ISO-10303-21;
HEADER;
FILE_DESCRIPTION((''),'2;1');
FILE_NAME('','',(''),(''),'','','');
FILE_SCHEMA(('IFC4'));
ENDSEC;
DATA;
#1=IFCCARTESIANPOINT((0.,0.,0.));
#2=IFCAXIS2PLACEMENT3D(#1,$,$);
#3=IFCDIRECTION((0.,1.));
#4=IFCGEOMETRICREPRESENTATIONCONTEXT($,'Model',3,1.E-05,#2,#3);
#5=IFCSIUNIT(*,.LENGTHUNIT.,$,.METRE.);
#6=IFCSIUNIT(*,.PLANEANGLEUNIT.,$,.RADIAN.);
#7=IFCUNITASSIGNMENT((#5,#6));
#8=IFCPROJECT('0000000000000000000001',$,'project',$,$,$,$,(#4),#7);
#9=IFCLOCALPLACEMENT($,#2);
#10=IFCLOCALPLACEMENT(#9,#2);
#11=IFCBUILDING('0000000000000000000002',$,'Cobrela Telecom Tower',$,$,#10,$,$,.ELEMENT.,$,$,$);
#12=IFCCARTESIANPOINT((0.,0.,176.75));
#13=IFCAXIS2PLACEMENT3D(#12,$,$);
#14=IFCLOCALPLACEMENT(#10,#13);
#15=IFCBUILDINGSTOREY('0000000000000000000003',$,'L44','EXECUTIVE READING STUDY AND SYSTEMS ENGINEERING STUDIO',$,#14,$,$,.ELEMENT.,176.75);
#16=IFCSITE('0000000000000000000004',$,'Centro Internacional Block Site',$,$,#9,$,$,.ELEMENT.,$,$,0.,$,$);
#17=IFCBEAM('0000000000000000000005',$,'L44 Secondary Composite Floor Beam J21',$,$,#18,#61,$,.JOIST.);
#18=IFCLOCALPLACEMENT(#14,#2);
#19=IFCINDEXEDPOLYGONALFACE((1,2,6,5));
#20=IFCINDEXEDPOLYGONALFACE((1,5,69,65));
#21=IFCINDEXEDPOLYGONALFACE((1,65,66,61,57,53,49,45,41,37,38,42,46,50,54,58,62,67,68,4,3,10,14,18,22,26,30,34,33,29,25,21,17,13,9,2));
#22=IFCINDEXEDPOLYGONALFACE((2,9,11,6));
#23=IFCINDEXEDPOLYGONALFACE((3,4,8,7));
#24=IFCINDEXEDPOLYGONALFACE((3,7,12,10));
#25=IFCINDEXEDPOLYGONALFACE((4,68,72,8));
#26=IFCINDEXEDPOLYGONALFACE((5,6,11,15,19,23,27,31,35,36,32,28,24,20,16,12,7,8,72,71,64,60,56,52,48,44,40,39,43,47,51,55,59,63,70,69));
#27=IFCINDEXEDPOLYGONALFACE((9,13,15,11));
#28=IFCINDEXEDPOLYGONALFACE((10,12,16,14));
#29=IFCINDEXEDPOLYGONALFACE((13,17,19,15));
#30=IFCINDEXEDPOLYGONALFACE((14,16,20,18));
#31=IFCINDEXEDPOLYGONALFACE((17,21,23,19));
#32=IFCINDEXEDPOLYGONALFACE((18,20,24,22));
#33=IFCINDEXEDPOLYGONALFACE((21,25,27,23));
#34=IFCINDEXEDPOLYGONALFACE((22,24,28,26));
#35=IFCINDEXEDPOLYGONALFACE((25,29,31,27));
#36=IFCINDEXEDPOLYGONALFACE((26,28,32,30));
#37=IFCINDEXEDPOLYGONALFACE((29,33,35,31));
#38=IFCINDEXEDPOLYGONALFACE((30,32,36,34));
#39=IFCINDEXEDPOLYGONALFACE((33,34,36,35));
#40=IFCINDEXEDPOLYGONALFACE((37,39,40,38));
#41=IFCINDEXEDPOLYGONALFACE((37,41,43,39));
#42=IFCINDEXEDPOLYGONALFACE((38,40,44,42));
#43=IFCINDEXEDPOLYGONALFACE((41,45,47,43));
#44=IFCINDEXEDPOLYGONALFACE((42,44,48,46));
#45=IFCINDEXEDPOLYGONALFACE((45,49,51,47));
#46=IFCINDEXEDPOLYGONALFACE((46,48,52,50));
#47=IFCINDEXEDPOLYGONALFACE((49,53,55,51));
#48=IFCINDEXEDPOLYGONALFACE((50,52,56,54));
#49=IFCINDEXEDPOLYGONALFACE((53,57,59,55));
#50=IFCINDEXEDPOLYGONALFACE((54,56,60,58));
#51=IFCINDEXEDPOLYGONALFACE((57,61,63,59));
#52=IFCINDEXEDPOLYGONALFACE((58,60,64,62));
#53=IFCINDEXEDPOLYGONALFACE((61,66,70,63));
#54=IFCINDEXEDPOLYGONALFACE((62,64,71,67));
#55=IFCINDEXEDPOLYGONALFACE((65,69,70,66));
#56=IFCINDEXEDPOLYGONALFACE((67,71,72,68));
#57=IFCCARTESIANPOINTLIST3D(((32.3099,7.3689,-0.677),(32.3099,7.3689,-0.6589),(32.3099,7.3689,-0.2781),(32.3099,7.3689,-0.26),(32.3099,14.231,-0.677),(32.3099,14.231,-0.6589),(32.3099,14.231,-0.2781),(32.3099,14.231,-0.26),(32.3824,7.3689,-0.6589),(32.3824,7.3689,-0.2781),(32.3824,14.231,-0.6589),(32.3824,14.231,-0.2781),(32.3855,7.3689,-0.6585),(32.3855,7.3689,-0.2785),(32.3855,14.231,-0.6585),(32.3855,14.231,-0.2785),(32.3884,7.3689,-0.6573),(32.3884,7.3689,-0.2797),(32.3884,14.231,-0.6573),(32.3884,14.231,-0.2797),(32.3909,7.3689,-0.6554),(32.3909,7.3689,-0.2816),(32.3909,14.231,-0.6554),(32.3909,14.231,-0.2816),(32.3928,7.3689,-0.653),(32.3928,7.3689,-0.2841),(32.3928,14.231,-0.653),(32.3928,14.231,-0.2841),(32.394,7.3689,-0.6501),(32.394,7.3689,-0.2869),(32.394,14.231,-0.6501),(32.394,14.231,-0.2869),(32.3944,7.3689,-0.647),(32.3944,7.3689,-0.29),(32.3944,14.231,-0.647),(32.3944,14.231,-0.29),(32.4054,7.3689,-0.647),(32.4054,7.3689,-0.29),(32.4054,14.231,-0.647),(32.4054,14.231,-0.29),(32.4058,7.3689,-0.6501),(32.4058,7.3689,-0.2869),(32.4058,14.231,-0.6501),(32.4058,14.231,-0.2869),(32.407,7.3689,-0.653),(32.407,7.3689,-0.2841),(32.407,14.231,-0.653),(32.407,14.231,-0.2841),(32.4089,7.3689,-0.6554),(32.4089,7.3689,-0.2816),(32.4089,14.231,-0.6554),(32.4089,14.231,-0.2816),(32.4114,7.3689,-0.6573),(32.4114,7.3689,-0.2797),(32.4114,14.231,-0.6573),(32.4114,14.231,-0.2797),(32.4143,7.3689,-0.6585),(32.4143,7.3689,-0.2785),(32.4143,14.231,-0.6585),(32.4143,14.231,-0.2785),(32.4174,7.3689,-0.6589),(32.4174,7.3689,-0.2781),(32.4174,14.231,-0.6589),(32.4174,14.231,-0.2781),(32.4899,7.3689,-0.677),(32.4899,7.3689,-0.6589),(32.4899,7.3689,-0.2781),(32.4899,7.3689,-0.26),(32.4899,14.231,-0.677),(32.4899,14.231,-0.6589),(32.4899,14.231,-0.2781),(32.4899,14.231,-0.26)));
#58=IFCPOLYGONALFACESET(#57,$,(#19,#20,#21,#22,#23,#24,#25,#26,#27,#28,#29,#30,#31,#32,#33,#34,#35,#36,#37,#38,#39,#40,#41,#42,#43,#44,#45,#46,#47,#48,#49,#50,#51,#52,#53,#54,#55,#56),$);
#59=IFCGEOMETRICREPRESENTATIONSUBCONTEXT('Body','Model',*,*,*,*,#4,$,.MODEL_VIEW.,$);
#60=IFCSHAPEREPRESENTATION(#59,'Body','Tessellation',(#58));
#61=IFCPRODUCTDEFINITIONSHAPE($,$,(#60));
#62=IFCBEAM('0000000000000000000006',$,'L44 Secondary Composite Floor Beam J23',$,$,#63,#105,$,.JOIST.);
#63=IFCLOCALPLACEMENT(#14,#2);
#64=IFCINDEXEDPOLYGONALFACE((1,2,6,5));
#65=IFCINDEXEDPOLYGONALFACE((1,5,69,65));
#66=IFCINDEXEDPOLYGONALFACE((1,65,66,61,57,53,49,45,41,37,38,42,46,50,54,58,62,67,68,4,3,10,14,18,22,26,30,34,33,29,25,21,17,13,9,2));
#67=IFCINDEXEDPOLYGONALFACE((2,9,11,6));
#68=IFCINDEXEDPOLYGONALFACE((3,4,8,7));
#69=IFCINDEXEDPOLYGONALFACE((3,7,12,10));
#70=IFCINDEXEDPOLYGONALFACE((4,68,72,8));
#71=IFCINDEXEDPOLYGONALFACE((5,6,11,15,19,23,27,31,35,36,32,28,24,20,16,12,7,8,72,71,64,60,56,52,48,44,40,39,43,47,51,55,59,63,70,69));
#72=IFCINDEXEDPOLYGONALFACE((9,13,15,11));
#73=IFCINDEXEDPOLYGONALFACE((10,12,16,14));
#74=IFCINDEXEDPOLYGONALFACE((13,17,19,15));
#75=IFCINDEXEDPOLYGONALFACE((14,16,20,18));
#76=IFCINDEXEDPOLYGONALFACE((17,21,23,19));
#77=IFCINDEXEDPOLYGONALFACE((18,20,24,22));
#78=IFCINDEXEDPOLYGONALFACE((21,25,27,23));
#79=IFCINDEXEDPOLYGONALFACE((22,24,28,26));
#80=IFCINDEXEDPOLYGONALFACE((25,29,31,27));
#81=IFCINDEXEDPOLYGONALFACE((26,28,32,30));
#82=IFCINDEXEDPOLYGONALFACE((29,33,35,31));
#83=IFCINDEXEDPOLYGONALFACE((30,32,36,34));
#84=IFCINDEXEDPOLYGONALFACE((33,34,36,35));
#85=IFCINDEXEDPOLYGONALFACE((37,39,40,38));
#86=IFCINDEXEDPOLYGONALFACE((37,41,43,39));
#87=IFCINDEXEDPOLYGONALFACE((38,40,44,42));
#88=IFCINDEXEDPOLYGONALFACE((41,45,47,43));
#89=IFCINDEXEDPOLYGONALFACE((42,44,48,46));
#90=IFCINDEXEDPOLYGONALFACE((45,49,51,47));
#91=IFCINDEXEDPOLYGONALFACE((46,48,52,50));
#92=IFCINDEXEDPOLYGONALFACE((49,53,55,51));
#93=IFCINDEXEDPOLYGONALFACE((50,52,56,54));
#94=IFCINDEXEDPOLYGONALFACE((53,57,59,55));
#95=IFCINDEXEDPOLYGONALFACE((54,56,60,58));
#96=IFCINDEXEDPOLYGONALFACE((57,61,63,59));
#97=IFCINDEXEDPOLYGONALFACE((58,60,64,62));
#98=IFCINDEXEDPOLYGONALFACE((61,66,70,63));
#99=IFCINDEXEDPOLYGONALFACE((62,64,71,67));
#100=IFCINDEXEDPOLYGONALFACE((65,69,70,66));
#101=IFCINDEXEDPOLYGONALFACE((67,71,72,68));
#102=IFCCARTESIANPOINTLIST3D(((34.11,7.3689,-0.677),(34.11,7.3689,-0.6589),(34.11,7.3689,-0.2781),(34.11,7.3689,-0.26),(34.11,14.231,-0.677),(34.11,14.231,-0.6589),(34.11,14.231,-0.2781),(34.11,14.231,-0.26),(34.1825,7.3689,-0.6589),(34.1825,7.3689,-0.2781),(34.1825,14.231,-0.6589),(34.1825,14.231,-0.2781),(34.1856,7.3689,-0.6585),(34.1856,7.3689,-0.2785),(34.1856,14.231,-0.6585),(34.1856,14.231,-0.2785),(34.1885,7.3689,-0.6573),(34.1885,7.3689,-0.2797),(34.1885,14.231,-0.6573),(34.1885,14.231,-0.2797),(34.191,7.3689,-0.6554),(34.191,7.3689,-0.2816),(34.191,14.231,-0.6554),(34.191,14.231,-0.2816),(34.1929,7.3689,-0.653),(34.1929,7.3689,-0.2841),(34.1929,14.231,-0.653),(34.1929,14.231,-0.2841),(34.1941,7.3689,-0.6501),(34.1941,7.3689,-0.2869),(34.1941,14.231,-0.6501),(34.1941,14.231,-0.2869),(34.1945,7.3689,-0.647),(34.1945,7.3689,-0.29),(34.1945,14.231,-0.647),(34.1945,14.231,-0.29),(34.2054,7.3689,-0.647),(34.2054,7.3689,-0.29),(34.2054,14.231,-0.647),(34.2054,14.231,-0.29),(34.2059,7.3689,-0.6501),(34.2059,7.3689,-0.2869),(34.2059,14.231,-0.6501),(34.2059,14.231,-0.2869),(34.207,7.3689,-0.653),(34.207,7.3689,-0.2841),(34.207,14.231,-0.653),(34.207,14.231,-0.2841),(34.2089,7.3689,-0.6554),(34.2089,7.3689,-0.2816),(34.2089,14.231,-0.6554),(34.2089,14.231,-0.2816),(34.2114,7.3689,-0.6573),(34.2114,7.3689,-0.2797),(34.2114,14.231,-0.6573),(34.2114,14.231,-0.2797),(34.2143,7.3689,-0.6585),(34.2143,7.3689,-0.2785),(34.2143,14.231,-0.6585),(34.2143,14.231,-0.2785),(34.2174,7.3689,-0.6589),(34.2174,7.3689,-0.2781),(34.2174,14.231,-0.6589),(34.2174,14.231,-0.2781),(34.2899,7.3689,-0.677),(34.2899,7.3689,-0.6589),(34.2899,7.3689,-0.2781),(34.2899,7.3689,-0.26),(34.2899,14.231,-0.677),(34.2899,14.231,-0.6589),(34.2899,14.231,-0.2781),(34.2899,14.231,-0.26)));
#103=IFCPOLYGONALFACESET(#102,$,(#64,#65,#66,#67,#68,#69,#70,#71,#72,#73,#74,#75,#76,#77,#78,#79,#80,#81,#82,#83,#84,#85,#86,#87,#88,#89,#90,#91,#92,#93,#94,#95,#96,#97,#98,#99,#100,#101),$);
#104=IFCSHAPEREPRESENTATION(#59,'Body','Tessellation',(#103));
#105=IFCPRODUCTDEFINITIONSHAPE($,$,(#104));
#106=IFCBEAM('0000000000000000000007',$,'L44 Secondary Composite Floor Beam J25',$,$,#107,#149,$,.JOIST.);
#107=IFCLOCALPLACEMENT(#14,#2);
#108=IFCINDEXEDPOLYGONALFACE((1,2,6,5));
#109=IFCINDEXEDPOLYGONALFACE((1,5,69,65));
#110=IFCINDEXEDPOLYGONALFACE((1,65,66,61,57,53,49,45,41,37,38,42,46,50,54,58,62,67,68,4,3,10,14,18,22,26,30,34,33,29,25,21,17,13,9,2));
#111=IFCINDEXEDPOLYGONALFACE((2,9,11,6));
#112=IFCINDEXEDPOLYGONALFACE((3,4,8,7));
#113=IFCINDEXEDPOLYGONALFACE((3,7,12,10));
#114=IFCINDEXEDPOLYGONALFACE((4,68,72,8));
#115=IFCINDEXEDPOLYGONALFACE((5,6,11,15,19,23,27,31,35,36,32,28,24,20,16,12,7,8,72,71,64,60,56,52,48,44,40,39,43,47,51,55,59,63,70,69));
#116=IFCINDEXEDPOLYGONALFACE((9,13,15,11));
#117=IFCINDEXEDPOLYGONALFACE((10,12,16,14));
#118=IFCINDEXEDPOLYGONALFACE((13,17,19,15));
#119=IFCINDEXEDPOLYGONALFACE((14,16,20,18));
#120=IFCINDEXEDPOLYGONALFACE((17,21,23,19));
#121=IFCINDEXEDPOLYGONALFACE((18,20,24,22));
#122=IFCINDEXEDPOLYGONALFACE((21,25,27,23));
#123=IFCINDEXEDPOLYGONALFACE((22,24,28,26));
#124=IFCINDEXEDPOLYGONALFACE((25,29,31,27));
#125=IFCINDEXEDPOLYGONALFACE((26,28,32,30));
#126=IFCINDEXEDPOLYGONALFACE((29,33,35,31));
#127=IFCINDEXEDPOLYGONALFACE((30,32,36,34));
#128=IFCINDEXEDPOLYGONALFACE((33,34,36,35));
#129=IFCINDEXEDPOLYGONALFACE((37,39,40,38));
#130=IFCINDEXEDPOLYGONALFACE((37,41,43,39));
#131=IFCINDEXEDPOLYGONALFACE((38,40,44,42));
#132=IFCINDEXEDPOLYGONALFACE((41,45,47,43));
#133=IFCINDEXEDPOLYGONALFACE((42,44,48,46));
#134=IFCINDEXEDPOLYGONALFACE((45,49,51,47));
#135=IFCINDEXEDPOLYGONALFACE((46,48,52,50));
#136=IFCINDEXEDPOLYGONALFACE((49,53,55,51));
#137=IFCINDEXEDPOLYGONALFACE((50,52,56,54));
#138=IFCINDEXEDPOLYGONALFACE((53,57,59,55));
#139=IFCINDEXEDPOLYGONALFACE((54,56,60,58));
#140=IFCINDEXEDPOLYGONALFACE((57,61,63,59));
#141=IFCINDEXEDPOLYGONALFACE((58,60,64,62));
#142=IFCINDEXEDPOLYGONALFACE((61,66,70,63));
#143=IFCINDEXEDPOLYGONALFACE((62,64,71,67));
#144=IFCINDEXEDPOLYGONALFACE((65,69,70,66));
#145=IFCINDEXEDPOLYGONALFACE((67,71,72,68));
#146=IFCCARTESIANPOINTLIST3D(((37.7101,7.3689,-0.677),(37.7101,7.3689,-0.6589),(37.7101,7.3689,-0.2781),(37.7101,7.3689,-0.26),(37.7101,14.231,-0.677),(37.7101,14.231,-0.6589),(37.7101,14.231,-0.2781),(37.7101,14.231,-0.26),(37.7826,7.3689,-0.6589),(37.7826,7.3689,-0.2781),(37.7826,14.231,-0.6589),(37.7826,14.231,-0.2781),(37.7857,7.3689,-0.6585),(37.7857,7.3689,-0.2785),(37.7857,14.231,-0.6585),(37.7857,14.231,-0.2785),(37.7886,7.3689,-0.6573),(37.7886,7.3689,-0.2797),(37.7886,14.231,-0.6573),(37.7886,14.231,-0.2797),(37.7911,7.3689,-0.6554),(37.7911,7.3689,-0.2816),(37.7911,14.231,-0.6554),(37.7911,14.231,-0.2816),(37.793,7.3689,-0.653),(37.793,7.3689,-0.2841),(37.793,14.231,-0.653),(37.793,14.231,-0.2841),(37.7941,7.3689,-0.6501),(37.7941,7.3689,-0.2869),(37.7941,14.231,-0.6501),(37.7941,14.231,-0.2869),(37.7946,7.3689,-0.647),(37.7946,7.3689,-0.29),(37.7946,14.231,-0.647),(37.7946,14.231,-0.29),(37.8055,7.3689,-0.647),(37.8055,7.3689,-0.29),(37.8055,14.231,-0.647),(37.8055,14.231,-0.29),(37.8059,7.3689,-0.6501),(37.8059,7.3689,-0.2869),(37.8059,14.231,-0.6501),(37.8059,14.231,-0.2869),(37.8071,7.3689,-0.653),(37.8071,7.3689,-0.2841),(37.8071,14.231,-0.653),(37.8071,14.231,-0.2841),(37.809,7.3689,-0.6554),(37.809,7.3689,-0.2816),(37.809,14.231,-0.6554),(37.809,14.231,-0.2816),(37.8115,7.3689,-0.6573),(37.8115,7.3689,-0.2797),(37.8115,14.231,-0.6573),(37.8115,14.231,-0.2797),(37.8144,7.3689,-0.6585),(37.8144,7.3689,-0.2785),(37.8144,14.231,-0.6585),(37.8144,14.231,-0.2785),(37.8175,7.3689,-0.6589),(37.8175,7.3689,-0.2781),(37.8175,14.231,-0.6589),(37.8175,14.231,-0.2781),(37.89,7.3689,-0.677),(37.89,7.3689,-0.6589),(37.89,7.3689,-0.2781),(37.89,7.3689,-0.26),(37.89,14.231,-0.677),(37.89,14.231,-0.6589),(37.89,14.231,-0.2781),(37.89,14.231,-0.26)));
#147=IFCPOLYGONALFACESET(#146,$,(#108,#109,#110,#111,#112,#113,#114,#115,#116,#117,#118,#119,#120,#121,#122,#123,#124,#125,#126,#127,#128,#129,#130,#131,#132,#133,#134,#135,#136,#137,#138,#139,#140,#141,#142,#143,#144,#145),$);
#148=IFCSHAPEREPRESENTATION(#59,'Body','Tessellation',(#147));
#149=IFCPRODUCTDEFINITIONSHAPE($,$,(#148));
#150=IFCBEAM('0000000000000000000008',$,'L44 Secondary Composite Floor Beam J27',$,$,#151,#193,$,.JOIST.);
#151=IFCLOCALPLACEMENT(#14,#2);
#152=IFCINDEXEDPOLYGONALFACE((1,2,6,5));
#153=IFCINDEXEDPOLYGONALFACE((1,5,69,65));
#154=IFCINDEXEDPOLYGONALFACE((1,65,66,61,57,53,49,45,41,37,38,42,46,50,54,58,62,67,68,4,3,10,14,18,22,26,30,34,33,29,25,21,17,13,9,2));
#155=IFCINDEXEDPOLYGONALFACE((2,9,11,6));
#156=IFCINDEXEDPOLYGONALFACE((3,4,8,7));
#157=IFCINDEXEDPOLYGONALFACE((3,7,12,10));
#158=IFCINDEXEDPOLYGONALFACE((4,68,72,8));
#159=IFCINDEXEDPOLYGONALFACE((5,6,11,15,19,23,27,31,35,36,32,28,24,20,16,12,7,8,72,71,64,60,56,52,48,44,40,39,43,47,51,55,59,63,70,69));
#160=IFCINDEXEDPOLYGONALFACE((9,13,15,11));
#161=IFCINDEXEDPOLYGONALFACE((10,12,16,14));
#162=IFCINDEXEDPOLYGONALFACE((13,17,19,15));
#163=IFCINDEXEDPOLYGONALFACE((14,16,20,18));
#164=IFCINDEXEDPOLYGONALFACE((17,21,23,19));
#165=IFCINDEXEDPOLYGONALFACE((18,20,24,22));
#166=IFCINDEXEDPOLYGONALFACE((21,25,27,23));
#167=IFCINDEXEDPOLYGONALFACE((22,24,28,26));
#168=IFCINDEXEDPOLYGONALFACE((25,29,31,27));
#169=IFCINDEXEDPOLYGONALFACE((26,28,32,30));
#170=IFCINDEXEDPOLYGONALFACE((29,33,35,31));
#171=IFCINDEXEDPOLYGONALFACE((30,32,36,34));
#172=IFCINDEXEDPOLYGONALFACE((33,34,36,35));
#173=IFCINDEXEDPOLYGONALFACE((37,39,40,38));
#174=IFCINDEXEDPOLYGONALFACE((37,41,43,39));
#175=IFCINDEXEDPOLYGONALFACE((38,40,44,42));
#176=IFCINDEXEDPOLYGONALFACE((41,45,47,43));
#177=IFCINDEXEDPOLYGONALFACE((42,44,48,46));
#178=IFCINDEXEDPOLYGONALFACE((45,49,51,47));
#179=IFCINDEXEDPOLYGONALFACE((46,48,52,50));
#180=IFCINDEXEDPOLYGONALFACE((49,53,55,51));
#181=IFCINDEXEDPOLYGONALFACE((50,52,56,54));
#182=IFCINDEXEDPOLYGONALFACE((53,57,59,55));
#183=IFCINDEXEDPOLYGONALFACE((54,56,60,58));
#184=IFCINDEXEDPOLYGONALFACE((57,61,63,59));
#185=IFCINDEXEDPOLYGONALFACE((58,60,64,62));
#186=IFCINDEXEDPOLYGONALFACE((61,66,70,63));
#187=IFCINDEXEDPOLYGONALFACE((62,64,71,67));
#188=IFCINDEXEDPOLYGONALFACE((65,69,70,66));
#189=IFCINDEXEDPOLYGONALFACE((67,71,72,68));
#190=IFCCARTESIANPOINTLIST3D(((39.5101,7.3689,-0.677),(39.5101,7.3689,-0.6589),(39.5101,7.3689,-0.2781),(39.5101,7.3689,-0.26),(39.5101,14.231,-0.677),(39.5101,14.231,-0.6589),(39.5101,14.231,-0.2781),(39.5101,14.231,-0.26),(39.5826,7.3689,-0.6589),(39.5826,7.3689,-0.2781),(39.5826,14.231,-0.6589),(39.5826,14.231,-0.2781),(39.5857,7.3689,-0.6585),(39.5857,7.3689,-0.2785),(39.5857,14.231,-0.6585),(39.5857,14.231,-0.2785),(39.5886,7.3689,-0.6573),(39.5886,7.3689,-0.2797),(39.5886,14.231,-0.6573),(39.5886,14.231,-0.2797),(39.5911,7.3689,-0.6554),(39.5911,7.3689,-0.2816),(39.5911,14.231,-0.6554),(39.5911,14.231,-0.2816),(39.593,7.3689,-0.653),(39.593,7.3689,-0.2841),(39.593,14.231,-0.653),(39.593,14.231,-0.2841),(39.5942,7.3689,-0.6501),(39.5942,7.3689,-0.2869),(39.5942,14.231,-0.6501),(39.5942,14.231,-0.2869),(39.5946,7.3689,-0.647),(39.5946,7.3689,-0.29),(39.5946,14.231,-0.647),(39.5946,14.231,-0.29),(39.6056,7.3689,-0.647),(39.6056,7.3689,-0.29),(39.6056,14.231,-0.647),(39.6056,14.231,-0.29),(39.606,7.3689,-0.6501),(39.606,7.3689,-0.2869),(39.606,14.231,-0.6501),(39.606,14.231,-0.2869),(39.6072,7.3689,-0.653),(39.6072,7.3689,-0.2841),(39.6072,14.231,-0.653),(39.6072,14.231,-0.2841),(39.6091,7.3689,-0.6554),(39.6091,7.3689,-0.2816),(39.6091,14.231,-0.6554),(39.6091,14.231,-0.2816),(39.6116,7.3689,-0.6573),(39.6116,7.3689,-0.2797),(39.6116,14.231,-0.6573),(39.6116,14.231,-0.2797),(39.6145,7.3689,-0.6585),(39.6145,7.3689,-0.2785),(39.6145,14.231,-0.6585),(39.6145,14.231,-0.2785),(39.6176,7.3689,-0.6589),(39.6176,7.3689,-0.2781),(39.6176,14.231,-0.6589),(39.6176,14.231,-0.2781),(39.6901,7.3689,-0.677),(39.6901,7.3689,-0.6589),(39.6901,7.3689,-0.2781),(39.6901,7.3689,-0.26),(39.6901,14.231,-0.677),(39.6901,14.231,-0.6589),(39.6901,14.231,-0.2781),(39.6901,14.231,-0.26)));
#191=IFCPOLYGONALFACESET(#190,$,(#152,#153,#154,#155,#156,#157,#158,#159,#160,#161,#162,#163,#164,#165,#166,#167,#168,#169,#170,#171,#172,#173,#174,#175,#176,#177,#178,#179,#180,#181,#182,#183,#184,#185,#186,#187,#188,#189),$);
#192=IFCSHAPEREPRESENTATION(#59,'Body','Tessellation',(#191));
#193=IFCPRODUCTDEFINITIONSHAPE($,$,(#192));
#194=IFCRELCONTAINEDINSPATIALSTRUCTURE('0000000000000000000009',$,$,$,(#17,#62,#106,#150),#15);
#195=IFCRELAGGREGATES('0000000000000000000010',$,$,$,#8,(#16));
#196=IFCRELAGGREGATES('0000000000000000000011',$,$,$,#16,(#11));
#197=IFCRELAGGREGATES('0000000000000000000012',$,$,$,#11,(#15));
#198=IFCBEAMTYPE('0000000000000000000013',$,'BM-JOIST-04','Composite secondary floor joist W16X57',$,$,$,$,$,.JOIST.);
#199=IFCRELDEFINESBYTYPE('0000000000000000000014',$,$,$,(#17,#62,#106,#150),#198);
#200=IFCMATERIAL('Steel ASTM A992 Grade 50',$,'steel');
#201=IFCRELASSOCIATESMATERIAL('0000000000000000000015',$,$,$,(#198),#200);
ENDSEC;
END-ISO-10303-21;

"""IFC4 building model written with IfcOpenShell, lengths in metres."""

from ifc_helpers import new_model, si_unit, direction, frame, origin, origin_2d, place, context, subcontext, project, spatial, i_section, extrude, material, material_profile, profile_set, type_object, element, save


model = new_model("IFC4")

# Units and contexts
model_context = context("Model", 3, precision=1e-05, world=origin(), true_north=direction((0.0, 1.0)))
body_context = subcontext(model_context, "Body", "Model", "MODEL_VIEW")
ifc_project = project(units=[si_unit("LENGTHUNIT", "METRE"), si_unit("PLANEANGLEUNIT", "RADIAN")], contexts=[model_context])

# Site, building, storey
site_placement = place(None, origin())
site = spatial("IfcSite", under=ifc_project, at=site_placement, Name="Centro Internacional Block Site", CompositionType="ELEMENT", RefElevation=0.0)
building_placement = place(site_placement, origin())
building = spatial("IfcBuilding", under=site, at=building_placement, Name="Cobrela Telecom Tower", CompositionType="ELEMENT")
storey_placement = place(building_placement, frame((0.0, 0.0, 176.75)))
storey = spatial("IfcBuildingStorey", under=building, at=storey_placement, Name="L44", Description="EXECUTIVE READING STUDY AND SYSTEMS ENGINEERING STUDIO", CompositionType="ELEMENT", Elevation=176.75)

# Shared definitions
ifc_material_1 = material(Name="Steel ASTM A992 Grade 50", Category="steel")

# Beams
ifc_material_profile_1 = material_profile(ifc_material_1, i_section(OverallWidth=0.1799, OverallDepth=0.417, WebThickness=0.011, FlangeThickness=0.0181, FilletRadius=0.012, at=origin_2d()), Name="W16X57")
ifc_profile_set_1 = profile_set([ifc_material_profile_1], Name="Steel ASTM A992 Grade 50")
beam_type_1 = type_object("IfcBeamType", Name="BM-JOIST-04", Description="Composite secondary floor joist W16X57", PredefinedType="JOIST", material=ifc_profile_set_1)
for number, where, z_axis, x_axis, name in (
    (1, (32.3999, 7.3689, -0.4685), (0.0, 1.0, 0.0), (-1.0, 0.0, 0.0), "L44 Secondary Composite Floor Beam J21"),
    (2, (34.2, 7.3689, -0.4685), (0.0, 1.0, 0.0), (-1.0, 0.0, 0.0), "L44 Secondary Composite Floor Beam J23"),
    (3, (37.8, 7.3689, -0.4685), (0.0, 1.0, 0.0), (-1.0, 0.0, 0.0), "L44 Secondary Composite Floor Beam J25"),
    (4, (39.6001, 7.3689, -0.4685), (0.0, 1.0, 0.0), (-1.0, 0.0, 0.0), "L44 Secondary Composite Floor Beam J27"),
):
    element("IfcBeam", number, at=place(storey_placement, frame(where, z_axis=z_axis, x_axis=x_axis)), inside=storey, type_object=beam_type_1, Name=name, PredefinedType="JOIST", context=body_context, shape_type="SweptSolid", body=[
        extrude(i_section(OverallWidth=0.1799, OverallDepth=0.417, WebThickness=0.011, FlangeThickness=0.0181, FilletRadius=0.012, at=origin_2d()), origin(), (0.0, 0.0, 1.0), 6.8621),
    ])

save(model, "model.ifc")
